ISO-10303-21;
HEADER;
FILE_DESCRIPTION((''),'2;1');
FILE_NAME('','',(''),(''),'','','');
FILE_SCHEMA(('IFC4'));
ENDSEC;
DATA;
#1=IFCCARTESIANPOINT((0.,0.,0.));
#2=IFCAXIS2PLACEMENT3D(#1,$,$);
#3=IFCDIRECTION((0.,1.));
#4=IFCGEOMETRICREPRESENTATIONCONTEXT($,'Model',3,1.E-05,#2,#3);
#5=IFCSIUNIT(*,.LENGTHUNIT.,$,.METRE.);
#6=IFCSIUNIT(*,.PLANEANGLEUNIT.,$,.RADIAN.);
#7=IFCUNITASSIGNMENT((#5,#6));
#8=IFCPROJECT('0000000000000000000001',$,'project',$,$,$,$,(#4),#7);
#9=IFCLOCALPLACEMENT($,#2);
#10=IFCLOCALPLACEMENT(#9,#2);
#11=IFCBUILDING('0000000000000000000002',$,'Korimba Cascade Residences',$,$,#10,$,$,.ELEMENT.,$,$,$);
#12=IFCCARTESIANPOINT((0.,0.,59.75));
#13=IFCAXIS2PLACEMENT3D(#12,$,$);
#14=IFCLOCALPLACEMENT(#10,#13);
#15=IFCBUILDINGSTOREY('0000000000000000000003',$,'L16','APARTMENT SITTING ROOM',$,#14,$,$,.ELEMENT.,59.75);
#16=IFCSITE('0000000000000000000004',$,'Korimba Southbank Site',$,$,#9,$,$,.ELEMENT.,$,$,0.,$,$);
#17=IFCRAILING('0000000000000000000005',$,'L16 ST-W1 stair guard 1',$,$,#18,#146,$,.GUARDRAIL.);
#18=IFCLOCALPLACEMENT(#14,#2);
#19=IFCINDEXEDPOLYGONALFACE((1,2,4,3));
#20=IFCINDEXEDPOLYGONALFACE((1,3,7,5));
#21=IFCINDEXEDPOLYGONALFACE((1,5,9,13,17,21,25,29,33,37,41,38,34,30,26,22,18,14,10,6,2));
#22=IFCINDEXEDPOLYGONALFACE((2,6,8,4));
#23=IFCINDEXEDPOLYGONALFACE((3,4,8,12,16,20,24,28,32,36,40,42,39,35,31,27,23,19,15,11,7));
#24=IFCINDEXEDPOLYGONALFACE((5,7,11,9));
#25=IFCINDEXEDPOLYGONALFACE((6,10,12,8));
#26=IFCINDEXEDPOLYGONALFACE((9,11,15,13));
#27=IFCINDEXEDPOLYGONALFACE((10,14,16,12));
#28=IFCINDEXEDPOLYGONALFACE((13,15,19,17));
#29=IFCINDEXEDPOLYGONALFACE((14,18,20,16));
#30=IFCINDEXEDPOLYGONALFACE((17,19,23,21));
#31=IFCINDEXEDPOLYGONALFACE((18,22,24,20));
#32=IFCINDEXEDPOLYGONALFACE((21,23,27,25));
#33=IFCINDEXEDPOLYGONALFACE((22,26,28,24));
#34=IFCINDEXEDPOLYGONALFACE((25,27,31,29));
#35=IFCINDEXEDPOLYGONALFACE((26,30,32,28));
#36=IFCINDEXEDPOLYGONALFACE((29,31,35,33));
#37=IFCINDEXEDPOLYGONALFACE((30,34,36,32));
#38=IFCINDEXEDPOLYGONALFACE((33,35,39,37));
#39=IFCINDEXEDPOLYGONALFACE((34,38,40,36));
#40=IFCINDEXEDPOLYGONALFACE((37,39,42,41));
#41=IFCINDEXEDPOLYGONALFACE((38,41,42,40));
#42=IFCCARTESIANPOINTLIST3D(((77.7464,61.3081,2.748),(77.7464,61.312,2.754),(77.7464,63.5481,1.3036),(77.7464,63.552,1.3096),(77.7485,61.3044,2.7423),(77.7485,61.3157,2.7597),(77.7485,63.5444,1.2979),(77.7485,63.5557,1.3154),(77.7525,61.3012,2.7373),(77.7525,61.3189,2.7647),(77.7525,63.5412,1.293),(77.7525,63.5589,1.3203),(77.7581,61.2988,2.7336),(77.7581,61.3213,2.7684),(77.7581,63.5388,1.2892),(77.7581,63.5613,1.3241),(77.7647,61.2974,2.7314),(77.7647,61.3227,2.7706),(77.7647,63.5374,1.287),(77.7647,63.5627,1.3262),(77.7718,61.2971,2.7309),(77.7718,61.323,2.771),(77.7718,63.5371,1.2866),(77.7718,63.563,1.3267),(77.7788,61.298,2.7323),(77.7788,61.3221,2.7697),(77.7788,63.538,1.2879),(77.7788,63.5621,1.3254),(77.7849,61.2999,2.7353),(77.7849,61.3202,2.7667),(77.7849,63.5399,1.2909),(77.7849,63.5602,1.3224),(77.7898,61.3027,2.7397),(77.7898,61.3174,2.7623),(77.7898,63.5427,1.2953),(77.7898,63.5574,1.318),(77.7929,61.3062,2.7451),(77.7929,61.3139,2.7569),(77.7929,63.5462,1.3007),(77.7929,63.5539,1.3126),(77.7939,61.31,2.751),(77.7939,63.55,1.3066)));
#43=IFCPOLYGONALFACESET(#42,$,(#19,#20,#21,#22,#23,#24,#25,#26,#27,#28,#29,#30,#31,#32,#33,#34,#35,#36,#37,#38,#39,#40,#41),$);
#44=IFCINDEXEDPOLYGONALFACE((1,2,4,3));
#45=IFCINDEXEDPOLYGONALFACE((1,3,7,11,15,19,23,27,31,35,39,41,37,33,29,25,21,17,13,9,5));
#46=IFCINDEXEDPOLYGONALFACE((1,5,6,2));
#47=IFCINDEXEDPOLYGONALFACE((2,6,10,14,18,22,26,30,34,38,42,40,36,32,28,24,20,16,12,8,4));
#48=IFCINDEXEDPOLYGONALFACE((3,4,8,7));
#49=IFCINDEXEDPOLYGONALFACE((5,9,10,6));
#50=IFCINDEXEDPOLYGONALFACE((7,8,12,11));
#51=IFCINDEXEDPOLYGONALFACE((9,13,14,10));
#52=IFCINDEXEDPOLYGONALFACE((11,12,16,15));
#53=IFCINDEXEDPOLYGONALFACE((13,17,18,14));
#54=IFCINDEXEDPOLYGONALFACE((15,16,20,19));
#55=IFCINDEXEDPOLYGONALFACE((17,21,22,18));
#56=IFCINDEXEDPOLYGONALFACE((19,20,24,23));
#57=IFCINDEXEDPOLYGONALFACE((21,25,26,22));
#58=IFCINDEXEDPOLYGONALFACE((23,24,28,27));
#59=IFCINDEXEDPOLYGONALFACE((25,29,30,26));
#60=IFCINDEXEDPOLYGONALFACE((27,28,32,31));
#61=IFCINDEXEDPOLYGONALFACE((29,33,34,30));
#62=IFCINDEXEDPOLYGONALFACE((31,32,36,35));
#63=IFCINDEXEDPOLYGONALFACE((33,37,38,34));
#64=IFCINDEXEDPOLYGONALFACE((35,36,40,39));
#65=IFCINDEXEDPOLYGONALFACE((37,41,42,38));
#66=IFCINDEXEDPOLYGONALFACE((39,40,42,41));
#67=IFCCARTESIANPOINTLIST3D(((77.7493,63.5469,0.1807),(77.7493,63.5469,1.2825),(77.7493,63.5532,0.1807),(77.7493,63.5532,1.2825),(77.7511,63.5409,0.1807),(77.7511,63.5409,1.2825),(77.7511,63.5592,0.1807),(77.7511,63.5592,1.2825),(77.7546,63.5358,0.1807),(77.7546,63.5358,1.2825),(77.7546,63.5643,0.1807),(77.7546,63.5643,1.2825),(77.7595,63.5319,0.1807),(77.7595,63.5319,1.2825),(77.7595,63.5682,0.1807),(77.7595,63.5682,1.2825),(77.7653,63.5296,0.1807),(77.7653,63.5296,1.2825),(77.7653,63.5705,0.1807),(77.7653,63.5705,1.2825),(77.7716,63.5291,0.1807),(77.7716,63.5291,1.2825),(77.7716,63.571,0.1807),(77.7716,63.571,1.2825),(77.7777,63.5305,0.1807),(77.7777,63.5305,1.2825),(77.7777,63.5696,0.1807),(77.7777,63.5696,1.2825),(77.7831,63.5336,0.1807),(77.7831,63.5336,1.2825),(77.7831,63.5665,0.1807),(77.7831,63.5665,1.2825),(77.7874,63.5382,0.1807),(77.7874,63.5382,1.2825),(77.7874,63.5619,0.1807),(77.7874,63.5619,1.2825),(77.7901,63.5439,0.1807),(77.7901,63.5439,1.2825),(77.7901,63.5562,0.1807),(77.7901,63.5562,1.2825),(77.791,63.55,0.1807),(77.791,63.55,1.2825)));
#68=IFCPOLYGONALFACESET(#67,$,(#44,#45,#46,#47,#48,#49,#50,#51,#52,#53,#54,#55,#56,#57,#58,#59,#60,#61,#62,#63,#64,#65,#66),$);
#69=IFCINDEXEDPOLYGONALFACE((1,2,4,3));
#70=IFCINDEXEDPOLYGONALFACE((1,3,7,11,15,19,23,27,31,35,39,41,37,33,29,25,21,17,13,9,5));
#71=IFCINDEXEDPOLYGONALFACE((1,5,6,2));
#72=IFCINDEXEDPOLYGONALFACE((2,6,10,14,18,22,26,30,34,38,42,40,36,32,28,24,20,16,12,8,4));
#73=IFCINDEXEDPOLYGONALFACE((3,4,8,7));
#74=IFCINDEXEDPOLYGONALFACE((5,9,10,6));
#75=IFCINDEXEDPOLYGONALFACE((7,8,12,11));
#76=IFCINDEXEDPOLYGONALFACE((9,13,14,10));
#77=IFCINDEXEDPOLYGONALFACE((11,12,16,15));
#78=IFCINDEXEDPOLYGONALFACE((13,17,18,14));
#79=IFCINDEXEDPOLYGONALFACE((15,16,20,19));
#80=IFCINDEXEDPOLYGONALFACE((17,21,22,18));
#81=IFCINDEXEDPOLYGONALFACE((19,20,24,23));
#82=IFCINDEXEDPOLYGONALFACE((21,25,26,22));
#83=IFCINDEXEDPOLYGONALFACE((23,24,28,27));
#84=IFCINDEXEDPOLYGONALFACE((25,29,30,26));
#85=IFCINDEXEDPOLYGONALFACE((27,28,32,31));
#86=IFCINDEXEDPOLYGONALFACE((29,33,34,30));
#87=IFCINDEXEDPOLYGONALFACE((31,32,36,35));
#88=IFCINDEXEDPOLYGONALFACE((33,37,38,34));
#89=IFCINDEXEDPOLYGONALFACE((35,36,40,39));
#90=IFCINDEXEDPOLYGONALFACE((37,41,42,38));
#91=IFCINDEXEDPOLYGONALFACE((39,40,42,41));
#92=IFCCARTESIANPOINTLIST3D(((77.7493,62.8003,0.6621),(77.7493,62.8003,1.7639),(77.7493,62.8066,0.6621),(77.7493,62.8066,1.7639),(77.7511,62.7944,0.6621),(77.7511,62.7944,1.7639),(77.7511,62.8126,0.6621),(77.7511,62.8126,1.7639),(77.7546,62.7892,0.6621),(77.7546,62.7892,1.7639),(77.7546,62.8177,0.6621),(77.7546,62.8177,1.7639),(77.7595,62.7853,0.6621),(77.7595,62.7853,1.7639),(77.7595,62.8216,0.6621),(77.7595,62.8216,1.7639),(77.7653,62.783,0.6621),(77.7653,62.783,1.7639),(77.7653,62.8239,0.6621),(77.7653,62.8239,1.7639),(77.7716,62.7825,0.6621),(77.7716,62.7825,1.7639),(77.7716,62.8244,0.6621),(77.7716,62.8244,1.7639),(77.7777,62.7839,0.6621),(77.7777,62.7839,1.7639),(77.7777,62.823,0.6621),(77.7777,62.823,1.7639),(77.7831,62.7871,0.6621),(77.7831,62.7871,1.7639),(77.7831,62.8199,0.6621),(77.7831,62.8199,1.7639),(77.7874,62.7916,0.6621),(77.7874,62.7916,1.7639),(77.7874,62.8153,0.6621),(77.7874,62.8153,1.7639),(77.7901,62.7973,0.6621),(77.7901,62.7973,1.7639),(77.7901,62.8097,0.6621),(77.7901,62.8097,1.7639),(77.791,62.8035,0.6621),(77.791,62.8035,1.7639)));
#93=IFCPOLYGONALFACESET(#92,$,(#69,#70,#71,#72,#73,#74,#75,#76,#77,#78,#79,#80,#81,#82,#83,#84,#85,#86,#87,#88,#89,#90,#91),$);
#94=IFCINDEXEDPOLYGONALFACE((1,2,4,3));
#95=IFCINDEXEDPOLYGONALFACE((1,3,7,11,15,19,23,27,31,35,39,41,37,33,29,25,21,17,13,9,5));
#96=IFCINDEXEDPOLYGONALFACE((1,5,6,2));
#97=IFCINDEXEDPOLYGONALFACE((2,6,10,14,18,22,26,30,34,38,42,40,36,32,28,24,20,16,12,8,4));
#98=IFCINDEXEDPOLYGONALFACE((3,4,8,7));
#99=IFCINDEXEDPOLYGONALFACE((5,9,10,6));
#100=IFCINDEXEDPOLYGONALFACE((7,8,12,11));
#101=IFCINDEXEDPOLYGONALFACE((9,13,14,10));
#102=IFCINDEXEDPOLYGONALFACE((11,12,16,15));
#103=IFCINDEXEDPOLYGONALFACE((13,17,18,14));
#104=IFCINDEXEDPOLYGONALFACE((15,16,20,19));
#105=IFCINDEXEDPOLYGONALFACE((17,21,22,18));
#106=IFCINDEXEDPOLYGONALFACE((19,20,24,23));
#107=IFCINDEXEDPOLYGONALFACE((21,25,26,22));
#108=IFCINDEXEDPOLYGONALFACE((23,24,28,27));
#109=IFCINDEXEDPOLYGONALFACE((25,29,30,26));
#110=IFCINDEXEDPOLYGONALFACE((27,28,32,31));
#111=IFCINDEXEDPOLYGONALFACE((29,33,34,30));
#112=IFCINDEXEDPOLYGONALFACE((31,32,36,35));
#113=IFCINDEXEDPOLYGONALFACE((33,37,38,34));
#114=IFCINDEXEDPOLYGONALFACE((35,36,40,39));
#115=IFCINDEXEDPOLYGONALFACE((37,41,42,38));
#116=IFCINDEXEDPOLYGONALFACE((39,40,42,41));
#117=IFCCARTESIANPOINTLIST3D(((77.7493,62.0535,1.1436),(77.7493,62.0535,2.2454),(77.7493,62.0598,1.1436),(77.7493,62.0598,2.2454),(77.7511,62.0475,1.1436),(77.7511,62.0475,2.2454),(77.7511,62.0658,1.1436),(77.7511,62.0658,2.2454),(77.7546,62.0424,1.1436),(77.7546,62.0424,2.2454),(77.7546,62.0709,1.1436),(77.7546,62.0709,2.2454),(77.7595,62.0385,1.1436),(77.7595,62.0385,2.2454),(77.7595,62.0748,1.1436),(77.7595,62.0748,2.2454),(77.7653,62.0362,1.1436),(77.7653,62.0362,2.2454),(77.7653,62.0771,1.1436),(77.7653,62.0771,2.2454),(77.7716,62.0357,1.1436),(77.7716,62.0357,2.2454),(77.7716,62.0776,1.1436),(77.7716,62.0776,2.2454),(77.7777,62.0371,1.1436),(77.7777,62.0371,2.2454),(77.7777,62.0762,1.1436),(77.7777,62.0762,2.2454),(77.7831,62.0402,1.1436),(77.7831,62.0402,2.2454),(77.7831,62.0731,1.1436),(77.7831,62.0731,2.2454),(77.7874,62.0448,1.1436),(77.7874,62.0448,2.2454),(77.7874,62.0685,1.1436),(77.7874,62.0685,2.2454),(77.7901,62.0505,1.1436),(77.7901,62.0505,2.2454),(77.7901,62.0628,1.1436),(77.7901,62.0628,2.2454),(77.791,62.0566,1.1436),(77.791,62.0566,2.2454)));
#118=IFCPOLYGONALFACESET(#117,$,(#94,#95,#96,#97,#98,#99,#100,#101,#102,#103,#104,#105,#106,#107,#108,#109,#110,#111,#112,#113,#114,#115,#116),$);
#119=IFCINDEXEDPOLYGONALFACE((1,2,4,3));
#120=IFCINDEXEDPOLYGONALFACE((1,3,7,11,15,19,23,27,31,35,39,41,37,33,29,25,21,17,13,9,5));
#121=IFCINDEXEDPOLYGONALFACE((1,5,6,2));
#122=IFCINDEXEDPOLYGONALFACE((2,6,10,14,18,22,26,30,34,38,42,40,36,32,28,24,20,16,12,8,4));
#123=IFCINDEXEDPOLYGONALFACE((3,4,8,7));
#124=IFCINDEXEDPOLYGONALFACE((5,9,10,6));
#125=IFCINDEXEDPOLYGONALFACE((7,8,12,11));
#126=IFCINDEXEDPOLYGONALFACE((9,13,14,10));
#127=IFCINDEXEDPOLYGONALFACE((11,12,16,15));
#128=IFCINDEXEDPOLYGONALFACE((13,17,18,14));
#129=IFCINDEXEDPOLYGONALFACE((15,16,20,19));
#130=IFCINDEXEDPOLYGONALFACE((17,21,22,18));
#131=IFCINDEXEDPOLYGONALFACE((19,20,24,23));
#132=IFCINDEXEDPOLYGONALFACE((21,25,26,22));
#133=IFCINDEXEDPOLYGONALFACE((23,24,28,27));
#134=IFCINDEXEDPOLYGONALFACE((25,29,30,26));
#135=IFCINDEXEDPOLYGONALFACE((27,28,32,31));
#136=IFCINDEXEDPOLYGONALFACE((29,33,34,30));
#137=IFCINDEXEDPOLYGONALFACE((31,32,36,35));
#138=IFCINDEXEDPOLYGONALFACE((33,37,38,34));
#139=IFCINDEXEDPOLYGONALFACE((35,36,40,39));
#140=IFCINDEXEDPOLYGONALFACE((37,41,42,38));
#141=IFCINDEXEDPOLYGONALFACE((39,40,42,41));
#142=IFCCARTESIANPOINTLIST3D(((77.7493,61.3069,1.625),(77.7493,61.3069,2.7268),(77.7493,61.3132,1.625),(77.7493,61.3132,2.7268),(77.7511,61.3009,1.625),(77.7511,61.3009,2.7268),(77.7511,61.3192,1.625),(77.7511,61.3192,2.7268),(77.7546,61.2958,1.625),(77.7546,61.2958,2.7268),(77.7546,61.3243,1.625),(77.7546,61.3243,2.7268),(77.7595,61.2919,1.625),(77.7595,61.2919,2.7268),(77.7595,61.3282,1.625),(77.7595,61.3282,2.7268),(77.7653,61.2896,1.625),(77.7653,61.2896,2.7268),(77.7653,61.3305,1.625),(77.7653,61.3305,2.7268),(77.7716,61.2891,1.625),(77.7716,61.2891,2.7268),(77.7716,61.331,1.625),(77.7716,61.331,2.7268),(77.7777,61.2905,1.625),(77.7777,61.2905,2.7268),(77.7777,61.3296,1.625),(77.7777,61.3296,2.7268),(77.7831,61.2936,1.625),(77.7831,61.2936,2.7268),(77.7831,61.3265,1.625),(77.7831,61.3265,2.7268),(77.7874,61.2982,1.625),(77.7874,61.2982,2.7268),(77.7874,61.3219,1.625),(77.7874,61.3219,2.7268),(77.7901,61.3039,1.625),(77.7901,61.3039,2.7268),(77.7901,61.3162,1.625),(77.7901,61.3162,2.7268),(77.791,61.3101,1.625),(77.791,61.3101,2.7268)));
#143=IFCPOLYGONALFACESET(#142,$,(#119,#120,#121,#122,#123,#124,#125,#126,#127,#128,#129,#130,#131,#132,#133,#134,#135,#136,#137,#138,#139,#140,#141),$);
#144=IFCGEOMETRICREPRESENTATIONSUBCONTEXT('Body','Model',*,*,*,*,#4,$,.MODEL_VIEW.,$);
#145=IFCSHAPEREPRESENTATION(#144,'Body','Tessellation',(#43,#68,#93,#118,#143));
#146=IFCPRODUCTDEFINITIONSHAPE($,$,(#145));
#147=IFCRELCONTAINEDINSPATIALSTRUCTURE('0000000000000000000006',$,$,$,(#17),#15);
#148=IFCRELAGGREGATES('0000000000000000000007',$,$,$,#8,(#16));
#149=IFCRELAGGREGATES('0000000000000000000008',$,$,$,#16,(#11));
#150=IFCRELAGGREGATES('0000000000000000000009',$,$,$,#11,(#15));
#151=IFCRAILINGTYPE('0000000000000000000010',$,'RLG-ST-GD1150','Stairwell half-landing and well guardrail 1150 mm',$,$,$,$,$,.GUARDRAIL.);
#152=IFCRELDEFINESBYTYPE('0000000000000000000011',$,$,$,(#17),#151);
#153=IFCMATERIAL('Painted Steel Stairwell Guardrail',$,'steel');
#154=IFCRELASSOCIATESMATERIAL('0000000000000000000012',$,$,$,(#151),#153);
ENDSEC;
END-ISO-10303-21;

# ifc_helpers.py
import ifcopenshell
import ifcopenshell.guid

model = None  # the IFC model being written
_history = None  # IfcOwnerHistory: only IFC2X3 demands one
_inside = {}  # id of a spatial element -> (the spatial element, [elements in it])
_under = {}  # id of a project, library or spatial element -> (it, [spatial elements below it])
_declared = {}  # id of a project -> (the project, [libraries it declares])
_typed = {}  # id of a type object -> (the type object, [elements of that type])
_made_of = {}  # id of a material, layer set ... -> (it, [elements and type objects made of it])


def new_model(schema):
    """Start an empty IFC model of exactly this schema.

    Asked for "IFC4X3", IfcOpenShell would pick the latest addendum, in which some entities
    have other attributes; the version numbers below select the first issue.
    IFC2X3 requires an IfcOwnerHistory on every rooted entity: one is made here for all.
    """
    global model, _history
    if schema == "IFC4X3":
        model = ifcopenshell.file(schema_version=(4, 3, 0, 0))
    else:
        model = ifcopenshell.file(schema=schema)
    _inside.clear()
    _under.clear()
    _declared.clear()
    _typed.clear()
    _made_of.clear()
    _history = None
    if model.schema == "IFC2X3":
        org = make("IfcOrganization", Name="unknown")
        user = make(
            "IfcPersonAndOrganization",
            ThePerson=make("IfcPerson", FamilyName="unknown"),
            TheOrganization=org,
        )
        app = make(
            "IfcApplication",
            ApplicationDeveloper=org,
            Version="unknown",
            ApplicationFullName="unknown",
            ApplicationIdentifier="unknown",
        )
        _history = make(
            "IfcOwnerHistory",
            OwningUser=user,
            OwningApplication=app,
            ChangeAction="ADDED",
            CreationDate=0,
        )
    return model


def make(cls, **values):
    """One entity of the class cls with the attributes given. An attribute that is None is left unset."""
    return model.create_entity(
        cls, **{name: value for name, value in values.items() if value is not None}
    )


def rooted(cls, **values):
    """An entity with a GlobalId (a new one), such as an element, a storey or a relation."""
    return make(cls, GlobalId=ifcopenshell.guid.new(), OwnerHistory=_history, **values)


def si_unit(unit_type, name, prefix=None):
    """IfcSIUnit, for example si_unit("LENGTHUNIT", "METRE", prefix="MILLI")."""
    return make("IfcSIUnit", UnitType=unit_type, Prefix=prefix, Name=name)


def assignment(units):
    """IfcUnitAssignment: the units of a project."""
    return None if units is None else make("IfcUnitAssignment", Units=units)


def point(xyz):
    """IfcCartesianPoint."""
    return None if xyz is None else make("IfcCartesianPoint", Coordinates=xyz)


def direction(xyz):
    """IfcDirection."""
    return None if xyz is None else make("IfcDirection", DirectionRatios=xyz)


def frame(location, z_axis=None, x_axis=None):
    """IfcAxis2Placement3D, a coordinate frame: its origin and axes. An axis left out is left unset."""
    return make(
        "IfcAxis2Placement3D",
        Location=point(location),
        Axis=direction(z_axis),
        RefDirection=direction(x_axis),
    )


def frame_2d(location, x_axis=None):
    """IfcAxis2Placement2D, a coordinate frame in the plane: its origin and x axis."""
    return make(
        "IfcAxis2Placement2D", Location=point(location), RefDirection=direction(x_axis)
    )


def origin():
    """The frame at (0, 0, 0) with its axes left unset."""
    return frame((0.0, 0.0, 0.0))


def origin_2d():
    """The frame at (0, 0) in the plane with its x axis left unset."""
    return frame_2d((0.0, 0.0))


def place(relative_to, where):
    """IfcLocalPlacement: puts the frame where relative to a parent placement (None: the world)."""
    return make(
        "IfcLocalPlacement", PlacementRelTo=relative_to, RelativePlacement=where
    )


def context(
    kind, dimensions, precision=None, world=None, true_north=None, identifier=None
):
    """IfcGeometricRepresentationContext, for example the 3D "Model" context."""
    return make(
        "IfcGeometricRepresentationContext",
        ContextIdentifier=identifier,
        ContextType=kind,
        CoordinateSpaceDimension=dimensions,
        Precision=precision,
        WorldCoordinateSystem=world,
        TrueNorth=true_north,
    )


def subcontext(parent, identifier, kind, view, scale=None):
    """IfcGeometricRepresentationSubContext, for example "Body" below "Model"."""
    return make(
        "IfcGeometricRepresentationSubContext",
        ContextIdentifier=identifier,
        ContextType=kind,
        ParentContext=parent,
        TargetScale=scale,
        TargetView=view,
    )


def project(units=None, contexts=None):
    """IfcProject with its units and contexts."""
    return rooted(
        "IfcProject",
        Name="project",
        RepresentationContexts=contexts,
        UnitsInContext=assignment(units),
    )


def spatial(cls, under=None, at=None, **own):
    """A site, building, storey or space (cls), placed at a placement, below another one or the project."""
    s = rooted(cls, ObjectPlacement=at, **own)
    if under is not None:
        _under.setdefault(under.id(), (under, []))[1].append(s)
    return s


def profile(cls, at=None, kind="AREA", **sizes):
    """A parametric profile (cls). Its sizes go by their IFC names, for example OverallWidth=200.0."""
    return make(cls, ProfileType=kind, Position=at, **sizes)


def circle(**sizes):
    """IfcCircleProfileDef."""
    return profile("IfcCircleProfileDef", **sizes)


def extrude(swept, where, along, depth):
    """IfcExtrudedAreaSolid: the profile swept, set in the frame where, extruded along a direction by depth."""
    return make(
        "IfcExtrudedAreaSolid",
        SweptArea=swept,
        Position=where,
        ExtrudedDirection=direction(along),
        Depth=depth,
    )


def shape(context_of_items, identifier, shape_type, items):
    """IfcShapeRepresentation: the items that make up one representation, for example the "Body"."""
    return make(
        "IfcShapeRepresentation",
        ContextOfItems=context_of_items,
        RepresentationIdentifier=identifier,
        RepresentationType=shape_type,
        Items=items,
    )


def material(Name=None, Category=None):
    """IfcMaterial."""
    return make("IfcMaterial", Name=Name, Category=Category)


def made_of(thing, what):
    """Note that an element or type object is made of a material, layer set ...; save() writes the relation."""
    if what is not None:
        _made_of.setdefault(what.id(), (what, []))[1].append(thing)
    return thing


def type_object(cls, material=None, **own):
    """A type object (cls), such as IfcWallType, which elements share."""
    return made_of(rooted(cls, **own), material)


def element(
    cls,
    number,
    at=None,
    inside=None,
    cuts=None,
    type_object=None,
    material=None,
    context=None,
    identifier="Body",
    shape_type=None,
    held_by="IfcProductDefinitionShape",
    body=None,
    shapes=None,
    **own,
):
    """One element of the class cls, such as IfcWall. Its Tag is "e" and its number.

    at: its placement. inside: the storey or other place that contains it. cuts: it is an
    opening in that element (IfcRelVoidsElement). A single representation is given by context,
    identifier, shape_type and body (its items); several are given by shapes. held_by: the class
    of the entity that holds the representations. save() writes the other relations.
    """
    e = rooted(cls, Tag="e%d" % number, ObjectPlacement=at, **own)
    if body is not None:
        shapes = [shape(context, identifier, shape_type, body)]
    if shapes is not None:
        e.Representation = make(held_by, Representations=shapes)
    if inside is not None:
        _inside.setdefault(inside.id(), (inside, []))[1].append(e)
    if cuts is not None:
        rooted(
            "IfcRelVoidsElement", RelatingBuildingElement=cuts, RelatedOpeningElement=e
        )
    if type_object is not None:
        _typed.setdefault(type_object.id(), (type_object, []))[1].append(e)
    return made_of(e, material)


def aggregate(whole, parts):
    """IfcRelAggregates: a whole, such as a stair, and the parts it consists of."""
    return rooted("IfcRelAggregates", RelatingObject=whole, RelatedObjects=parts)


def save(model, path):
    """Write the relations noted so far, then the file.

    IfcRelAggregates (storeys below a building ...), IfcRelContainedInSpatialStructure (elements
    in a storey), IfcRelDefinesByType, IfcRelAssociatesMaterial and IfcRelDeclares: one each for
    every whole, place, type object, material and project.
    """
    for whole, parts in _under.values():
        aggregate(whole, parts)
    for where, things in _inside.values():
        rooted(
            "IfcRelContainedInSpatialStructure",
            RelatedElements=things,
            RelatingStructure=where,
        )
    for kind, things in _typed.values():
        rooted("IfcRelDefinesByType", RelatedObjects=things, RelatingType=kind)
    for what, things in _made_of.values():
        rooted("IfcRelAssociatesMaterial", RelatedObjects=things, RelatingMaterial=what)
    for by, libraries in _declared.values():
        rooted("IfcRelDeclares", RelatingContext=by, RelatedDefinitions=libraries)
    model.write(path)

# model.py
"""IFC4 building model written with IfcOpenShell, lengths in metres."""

from ifc_helpers import new_model, si_unit, direction, frame, origin, origin_2d, place, context, subcontext, project, spatial, circle, extrude, material, type_object, element, save


model = new_model("IFC4")

# Units and contexts
model_context = context("Model", 3, precision=1e-05, world=origin(), true_north=direction((0.0, 1.0)))
body_context = subcontext(model_context, "Body", "Model", "MODEL_VIEW")
ifc_project = project(units=[si_unit("LENGTHUNIT", "METRE"), si_unit("PLANEANGLEUNIT", "RADIAN")], contexts=[model_context])

# Site, building, storey
site_placement = place(None, origin())
site = spatial("IfcSite", under=ifc_project, at=site_placement, Name="Korimba Southbank Site", CompositionType="ELEMENT", RefElevation=0.0)
building_placement = place(site_placement, origin())
building = spatial("IfcBuilding", under=site, at=building_placement, Name="Korimba Cascade Residences", CompositionType="ELEMENT")
storey_placement = place(building_placement, frame((0.0, 0.0, 59.75)))
storey = spatial("IfcBuildingStorey", under=building, at=storey_placement, Name="L16", Description="APARTMENT SITTING ROOM", CompositionType="ELEMENT", Elevation=59.75)

# Railing
ifc_material_1 = material(Name="Painted Steel Stairwell Guardrail", Category="steel")
railing_type_1 = type_object("IfcRailingType", Name="RLG-ST-GD1150", Description="Stairwell half-landing and well guardrail 1150 mm", PredefinedType="GUARDRAIL", material=ifc_material_1)
railing_1_placement = place(storey_placement, frame((77.77, 63.55, 0.1807)))
element("IfcRailing", 1, at=railing_1_placement, inside=storey, type_object=railing_type_1, Name="L16 ST-W1 stair guard 1", PredefinedType="GUARDRAIL", context=body_context, shape_type="SweptSolid", body=[
    extrude(circle(Radius=0.0239, at=origin_2d()), frame((0.0, 0.0, 1.126), z_axis=(0.0, -0.840437, 0.54191), x_axis=(1.0, 0.0, 0.0)), (0.0, 0.0, 1.0), 2.6653),
    extrude(circle(Radius=0.021, at=origin_2d()), origin(), (0.0, 0.0, 1.0), 1.1018),
    extrude(circle(Radius=0.021, at=origin_2d()), frame((0.0, -0.7466, 0.4814)), (0.0, 0.0, 1.0), 1.1018),
    extrude(circle(Radius=0.021, at=origin_2d()), frame((0.0, -1.4934, 0.9629)), (0.0, 0.0, 1.0), 1.1018),
    extrude(circle(Radius=0.021, at=origin_2d()), frame((0.0, -2.24, 1.4443)), (0.0, 0.0, 1.0), 1.1018),
])

save(model, "model.ifc")
